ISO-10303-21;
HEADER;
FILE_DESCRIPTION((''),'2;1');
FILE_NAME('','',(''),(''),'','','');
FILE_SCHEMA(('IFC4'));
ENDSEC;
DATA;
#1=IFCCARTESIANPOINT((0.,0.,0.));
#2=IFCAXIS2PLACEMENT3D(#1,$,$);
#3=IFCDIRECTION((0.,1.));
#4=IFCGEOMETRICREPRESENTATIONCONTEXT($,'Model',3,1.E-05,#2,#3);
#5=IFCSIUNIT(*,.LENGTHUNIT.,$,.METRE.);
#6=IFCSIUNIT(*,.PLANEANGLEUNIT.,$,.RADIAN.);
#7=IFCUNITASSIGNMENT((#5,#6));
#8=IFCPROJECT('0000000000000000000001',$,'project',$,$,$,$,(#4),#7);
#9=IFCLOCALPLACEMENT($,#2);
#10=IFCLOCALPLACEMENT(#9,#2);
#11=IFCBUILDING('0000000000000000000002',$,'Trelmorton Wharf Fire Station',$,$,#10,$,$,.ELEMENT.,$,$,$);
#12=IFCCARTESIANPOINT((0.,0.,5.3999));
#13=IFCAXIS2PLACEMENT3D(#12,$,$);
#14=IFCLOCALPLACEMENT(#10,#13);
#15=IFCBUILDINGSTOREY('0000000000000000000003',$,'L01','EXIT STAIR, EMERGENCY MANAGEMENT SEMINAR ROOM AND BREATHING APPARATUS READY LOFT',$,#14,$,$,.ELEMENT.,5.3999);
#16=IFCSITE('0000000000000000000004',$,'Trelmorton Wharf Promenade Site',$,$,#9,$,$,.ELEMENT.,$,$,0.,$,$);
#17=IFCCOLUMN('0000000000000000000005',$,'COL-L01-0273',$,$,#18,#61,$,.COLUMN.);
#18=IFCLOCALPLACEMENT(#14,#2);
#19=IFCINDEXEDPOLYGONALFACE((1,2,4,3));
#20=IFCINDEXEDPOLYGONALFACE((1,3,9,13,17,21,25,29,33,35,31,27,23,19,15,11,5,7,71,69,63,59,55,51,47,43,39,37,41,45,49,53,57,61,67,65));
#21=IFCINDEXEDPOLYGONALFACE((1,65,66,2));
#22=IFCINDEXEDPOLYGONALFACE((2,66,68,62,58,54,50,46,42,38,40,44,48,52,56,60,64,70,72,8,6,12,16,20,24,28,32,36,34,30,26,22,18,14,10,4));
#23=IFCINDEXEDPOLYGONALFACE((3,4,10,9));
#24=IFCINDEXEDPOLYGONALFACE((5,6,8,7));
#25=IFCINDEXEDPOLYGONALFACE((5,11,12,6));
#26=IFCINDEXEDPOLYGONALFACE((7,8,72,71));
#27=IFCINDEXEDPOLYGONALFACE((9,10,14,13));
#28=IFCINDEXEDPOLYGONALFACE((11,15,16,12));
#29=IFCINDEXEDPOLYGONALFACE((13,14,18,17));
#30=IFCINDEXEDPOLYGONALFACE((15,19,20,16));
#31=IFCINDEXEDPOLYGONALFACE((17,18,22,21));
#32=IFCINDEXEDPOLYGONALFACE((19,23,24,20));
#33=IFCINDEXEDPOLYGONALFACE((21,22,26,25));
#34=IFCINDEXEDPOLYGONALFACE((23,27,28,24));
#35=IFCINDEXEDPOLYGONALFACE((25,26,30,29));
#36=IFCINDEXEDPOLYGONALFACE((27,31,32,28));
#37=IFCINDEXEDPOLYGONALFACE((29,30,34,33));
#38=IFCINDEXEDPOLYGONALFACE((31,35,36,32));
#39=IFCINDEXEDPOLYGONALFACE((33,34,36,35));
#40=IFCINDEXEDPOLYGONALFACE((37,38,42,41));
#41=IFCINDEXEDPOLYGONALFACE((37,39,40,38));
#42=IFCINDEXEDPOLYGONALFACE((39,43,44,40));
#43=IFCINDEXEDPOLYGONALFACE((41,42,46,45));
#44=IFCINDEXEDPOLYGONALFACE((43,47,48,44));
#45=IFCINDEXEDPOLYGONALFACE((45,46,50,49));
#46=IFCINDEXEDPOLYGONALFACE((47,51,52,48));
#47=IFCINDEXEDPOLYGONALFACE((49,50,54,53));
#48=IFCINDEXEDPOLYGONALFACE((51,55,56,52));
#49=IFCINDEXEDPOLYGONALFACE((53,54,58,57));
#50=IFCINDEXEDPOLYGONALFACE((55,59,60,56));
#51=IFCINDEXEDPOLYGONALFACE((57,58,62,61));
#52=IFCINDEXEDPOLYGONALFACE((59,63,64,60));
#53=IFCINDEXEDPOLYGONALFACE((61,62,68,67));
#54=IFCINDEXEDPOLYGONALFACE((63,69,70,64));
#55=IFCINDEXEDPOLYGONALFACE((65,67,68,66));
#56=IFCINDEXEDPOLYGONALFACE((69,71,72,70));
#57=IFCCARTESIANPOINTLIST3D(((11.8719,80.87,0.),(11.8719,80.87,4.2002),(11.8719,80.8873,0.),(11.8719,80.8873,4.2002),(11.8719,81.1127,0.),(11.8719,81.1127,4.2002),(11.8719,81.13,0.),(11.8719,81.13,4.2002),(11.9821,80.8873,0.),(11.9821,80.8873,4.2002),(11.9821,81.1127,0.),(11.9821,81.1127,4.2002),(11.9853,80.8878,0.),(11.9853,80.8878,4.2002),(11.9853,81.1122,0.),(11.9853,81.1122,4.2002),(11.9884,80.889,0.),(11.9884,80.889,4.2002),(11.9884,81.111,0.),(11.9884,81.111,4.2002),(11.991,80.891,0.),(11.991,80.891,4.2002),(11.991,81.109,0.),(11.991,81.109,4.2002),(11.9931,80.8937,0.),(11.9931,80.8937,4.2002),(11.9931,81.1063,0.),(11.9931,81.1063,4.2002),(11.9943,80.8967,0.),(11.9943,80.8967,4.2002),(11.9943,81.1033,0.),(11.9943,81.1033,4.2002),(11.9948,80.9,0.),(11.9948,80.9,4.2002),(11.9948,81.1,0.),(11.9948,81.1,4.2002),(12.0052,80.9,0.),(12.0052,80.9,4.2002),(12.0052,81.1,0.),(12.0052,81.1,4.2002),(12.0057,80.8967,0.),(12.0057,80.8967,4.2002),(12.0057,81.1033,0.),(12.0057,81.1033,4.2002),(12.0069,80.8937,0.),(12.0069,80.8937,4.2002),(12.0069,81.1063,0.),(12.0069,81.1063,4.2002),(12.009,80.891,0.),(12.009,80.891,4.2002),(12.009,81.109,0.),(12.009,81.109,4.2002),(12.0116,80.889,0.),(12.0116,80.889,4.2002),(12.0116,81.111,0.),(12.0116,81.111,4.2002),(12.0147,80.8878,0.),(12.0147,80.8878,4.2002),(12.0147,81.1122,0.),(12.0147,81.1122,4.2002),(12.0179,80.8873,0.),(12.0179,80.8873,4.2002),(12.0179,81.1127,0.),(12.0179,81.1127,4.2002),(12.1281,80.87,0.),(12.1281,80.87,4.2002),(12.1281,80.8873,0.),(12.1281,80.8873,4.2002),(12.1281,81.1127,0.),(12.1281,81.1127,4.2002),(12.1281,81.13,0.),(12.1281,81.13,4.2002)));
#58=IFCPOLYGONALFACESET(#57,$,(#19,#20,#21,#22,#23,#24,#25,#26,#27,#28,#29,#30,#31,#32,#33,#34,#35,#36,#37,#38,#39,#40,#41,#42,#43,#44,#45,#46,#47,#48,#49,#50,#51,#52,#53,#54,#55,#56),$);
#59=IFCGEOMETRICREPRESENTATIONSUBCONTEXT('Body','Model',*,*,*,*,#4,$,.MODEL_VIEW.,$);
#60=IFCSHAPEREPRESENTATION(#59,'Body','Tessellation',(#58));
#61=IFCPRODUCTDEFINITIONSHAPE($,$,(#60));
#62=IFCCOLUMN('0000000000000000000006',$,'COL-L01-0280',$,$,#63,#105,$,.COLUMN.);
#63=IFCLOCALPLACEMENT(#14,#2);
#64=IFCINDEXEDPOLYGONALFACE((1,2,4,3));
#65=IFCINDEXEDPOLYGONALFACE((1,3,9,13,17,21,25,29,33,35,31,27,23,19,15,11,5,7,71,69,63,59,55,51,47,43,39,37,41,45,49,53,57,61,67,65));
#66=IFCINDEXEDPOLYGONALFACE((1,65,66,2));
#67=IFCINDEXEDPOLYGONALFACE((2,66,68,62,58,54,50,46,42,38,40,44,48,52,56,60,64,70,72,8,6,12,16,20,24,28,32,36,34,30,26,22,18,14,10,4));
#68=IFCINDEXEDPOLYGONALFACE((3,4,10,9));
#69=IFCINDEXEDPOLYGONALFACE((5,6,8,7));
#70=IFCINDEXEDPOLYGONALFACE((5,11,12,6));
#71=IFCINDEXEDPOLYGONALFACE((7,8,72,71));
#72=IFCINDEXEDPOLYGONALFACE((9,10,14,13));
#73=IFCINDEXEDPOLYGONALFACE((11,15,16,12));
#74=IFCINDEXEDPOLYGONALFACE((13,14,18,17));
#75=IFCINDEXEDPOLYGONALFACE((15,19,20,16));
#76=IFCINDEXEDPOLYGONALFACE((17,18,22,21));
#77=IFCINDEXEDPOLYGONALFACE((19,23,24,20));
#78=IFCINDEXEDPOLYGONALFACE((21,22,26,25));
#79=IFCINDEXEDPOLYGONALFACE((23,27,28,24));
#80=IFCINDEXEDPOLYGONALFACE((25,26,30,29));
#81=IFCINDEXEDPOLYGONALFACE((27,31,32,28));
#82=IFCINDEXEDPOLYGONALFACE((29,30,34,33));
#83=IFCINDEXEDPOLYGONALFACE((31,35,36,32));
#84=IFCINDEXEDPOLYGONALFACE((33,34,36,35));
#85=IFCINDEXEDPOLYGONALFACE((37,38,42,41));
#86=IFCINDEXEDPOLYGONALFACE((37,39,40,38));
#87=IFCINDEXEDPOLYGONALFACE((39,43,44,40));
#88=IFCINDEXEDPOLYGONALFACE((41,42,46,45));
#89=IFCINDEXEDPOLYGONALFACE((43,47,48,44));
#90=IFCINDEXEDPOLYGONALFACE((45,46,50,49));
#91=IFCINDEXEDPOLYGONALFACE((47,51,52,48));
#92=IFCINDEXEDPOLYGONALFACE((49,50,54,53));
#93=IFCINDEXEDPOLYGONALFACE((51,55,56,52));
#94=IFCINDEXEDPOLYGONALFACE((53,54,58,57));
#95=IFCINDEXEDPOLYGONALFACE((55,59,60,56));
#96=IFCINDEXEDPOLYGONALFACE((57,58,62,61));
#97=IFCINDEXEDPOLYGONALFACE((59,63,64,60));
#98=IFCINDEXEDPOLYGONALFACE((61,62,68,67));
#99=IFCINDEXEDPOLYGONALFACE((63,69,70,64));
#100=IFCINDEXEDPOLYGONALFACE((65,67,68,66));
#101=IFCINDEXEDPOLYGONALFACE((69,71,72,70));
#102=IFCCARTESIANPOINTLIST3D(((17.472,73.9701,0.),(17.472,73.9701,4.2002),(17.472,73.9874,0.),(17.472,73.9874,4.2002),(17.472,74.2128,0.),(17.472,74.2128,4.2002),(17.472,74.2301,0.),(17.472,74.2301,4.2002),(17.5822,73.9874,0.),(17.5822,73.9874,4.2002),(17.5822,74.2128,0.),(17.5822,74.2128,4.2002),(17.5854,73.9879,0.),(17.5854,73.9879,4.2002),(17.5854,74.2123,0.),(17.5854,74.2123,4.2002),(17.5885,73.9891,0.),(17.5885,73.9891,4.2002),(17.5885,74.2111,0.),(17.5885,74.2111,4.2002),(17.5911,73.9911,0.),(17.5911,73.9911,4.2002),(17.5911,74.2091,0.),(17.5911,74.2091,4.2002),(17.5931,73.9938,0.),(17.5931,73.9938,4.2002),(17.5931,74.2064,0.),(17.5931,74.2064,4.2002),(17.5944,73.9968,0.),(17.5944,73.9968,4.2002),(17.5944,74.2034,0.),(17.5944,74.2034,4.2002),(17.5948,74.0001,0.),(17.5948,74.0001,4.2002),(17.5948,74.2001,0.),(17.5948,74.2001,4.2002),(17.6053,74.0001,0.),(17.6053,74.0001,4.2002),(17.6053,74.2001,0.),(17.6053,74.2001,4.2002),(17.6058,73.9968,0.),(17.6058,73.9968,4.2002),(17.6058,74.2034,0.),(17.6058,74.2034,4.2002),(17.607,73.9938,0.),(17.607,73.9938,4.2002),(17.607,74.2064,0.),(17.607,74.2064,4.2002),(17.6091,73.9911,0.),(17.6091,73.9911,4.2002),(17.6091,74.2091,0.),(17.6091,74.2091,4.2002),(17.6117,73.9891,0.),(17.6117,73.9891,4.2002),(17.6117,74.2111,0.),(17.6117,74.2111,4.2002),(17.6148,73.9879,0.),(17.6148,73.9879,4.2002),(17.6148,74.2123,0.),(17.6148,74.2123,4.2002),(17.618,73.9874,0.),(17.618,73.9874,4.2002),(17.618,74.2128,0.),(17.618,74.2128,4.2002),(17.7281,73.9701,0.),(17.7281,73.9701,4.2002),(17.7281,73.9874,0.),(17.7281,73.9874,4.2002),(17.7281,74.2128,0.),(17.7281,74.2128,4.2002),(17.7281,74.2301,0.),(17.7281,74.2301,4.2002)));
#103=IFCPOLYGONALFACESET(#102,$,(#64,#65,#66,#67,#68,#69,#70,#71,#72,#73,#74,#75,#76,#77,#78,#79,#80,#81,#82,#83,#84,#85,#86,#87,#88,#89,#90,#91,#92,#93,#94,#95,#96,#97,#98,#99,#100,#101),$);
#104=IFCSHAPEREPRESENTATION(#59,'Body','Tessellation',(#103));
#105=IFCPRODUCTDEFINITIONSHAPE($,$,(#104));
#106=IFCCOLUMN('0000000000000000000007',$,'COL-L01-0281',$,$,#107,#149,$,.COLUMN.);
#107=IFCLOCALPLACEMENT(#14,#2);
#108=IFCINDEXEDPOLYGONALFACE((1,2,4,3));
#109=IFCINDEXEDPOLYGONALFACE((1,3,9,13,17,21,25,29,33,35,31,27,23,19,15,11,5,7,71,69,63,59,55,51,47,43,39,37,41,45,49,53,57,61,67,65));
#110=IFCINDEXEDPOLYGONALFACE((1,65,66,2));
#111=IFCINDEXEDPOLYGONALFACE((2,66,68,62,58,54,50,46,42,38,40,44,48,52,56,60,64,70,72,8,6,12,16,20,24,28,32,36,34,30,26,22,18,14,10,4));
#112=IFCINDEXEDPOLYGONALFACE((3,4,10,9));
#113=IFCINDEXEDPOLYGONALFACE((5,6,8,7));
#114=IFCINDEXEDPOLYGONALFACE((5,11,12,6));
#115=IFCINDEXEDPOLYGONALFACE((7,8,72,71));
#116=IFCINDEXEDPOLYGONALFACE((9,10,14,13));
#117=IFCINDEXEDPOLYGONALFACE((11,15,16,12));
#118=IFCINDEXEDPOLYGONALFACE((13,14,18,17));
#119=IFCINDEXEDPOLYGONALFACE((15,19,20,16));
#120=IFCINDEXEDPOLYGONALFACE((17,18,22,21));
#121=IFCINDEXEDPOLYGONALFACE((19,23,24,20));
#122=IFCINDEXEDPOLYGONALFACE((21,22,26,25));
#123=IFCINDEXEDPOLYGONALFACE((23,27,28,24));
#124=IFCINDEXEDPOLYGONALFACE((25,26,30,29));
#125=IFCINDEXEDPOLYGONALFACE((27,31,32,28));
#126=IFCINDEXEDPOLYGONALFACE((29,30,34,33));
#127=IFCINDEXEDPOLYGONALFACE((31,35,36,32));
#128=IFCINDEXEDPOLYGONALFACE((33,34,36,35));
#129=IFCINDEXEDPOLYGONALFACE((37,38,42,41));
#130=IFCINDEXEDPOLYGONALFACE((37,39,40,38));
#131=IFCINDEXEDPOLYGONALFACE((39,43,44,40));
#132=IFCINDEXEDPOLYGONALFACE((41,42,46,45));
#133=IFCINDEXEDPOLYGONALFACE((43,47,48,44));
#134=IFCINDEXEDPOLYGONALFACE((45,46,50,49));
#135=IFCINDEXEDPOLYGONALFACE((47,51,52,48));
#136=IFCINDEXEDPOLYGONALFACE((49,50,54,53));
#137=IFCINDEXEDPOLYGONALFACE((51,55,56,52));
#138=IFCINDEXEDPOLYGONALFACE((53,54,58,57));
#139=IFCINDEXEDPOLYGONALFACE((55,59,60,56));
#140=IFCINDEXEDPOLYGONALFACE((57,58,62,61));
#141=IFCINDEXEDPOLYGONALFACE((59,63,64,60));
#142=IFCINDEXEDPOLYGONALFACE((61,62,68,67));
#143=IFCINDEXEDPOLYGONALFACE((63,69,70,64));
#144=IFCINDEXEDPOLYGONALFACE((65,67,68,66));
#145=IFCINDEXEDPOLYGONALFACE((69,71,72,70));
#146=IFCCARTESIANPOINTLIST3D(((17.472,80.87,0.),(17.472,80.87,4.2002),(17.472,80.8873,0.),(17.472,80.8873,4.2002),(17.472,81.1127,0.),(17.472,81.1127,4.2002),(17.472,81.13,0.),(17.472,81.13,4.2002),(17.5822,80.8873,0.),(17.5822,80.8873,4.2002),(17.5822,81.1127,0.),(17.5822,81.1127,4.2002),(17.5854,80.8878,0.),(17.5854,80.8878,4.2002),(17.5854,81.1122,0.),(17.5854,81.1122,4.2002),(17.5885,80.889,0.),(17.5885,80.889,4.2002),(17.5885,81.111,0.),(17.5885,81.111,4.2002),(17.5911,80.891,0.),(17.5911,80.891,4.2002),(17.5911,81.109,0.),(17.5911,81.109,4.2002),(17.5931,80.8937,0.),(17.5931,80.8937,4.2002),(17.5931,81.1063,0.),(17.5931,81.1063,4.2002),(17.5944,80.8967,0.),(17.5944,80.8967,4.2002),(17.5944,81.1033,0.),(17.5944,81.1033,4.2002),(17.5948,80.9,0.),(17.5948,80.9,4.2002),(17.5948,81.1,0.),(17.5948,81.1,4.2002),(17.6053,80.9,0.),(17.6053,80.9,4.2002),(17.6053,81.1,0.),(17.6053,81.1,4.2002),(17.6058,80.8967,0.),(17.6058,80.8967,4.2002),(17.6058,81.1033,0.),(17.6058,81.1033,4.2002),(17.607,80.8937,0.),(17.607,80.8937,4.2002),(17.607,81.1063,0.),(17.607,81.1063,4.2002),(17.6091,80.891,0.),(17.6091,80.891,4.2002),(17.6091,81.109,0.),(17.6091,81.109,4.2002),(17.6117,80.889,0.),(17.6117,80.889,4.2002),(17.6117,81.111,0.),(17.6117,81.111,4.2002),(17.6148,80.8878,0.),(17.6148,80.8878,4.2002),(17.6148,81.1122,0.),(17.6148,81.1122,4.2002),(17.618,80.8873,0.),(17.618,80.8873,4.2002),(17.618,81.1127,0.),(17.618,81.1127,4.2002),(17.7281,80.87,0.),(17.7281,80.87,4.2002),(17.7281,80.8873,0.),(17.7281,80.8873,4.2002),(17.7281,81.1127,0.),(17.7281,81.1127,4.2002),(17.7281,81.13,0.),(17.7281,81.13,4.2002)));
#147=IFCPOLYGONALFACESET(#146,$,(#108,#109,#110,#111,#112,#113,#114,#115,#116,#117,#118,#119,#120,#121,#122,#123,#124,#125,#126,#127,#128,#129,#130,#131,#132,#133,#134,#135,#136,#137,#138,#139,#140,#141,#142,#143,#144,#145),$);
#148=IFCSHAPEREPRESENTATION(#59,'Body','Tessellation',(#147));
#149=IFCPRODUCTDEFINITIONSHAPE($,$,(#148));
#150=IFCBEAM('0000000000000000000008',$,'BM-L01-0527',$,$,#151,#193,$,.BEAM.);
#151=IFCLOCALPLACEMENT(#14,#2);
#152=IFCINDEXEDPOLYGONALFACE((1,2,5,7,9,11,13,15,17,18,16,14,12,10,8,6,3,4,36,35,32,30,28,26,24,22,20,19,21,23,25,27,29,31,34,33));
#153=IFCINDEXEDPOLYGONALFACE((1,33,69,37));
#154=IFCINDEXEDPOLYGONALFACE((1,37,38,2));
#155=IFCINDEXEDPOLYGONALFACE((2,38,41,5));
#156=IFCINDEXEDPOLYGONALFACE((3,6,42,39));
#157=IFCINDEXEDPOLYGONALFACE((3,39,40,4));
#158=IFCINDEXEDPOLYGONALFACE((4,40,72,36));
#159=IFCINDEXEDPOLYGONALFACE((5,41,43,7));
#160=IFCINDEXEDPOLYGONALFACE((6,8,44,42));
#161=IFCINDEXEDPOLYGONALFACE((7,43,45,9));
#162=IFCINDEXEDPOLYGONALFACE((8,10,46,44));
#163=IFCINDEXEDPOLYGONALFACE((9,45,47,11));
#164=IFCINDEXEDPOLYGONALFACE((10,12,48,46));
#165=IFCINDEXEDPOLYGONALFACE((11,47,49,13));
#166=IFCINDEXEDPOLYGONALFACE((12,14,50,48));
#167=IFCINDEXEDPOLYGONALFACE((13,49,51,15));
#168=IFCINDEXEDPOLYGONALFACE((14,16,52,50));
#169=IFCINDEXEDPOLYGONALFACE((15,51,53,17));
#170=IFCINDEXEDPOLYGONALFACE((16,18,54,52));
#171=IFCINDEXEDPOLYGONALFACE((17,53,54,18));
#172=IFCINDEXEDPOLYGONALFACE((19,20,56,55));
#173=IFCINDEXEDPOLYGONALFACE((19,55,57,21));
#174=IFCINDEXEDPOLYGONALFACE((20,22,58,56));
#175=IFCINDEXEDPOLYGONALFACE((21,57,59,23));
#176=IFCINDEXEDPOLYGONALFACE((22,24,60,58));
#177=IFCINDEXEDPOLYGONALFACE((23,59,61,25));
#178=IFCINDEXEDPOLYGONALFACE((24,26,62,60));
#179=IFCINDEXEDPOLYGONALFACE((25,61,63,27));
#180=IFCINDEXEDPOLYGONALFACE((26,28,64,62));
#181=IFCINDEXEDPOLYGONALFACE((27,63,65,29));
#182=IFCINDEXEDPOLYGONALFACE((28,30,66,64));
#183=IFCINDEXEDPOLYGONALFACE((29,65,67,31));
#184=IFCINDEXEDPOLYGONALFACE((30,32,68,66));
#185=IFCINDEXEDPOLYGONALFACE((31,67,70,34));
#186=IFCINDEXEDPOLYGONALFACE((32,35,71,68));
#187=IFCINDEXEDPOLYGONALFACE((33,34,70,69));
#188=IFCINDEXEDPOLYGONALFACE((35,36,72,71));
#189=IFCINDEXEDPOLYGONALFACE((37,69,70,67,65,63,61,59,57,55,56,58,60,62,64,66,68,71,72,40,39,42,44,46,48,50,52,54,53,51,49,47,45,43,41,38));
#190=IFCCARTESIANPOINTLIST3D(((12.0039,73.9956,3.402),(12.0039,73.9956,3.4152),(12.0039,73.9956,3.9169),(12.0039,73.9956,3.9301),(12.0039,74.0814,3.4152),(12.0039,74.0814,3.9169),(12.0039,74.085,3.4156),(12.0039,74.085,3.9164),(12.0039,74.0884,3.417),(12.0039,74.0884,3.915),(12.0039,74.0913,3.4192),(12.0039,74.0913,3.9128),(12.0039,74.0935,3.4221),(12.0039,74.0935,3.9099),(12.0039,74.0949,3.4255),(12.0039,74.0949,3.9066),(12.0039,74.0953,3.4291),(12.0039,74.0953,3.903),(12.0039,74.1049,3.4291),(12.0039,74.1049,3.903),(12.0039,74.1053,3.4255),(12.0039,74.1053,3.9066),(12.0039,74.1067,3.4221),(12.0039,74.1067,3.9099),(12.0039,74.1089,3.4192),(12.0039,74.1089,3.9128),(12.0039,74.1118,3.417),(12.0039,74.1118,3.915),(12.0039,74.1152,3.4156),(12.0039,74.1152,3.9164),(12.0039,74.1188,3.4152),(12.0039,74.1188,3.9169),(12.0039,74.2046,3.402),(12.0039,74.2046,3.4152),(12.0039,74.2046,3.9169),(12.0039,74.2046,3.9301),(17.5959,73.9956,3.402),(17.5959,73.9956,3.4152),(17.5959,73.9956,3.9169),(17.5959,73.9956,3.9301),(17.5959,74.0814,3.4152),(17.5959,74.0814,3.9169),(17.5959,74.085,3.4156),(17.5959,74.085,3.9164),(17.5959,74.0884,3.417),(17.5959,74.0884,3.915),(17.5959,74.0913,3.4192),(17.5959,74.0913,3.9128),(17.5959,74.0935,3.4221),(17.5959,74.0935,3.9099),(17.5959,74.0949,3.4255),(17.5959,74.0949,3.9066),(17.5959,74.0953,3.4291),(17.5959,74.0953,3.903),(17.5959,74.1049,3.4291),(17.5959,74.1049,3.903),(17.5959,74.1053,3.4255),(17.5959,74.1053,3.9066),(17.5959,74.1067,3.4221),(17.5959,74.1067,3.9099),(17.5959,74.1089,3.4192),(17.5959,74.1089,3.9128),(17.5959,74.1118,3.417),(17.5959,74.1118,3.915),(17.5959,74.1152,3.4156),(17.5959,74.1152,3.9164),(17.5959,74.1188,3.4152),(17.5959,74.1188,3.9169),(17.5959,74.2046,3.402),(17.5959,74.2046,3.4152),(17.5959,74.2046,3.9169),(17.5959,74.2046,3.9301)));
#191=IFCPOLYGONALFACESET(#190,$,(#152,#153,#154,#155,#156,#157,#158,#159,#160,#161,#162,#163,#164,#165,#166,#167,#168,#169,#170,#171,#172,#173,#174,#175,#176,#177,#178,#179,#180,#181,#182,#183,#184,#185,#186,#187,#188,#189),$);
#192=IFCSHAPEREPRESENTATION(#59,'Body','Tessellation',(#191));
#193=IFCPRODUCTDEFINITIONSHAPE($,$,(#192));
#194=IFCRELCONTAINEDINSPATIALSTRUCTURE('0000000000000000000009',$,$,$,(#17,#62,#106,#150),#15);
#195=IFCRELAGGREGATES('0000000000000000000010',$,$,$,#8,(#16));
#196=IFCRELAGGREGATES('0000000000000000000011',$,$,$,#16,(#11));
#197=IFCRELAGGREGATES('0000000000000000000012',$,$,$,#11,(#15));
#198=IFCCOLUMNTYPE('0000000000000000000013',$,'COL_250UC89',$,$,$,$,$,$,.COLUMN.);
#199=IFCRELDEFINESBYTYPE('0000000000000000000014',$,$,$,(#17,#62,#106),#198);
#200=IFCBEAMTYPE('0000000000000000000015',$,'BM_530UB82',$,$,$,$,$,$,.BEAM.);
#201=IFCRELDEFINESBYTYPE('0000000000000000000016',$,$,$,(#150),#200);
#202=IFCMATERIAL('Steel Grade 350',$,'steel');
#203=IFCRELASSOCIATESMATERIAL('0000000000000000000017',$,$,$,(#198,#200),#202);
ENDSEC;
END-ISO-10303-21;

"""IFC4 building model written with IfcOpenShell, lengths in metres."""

from ifc_helpers import new_model, si_unit, direction, frame, origin, origin_2d, place, context, subcontext, project, spatial, i_section, extrude, material, material_profile, profile_set, type_object, element, save


model = new_model("IFC4")

# Units and contexts
model_context = context("Model", 3, precision=1e-05, world=origin(), true_north=direction((0.0, 1.0)))
body_context = subcontext(model_context, "Body", "Model", "MODEL_VIEW")
ifc_project = project(units=[si_unit("LENGTHUNIT", "METRE"), si_unit("PLANEANGLEUNIT", "RADIAN")], contexts=[model_context])

# Site, building, storey
site_placement = place(None, origin())
site = spatial("IfcSite", under=ifc_project, at=site_placement, Name="Trelmorton Wharf Promenade Site", CompositionType="ELEMENT", RefElevation=0.0)
building_placement = place(site_placement, origin())
building = spatial("IfcBuilding", under=site, at=building_placement, Name="Trelmorton Wharf Fire Station", CompositionType="ELEMENT")
storey_placement = place(building_placement, frame((0.0, 0.0, 5.3999)))
storey = spatial("IfcBuildingStorey", under=building, at=storey_placement, Name="L01", Description="EXIT STAIR, EMERGENCY MANAGEMENT SEMINAR ROOM AND BREATHING APPARATUS READY LOFT", CompositionType="ELEMENT", Elevation=5.3999)

# Columns
ifc_material_1 = material(Name="Steel Grade 350", Category="steel")
ifc_material_profile_1 = material_profile(ifc_material_1, i_section(OverallWidth=0.2561, OverallDepth=0.26, WebThickness=0.0105, FlangeThickness=0.0173, FilletRadius=0.0127, at=origin_2d()), Name="250UC89.5")
ifc_profile_set_1 = profile_set([ifc_material_profile_1], Name="Steel Grade 350")
column_type = type_object("IfcColumnType", Name="COL_250UC89", PredefinedType="COLUMN", material=ifc_profile_set_1)
for number, where, z_axis, x_axis, name in (
    (1, (12.0, 81.0, 0.0), (0.0, 0.0, 1.0), (1.0, 0.0, 0.0), "COL-L01-0273"),
    (2, (17.6001, 74.1001, 0.0), (0.0, 0.0, 1.0), (1.0, 0.0, 0.0), "COL-L01-0280"),
    (3, (17.6001, 81.0, 0.0), (0.0, 0.0, 1.0), (1.0, 0.0, 0.0), "COL-L01-0281"),
):
    element("IfcColumn", number, at=place(storey_placement, frame(where, z_axis=z_axis, x_axis=x_axis)), inside=storey, type_object=column_type, Name=name, PredefinedType="COLUMN", context=body_context, shape_type="SweptSolid", body=[
        extrude(i_section(OverallWidth=0.2561, OverallDepth=0.26, WebThickness=0.0105, FlangeThickness=0.0173, FilletRadius=0.0127, at=origin_2d()), origin(), (0.0, 0.0, 1.0), 4.2002),
    ])

# Beam
ifc_material_profile_2 = material_profile(ifc_material_1, i_section(OverallWidth=0.209, OverallDepth=0.5281, WebThickness=0.0095, FlangeThickness=0.0132, FilletRadius=0.0139, at=origin_2d()), Name="530UB82.0")
ifc_profile_set_2 = profile_set([ifc_material_profile_2], Name="Steel Grade 350")
beam_type_1 = type_object("IfcBeamType", Name="BM_530UB82", PredefinedType="BEAM", material=ifc_profile_set_2)
for number, where, z_axis, x_axis, name in (
    (4, (12.0039, 74.1001, 3.666), (1.0, 0.0, 0.0), (0.0, 1.0, 0.0), "BM-L01-0527"),
):
    element("IfcBeam", number, at=place(storey_placement, frame(where, z_axis=z_axis, x_axis=x_axis)), inside=storey, type_object=beam_type_1, Name=name, PredefinedType="BEAM", context=body_context, shape_type="SweptSolid", body=[
        extrude(i_section(OverallWidth=0.209, OverallDepth=0.5281, WebThickness=0.0095, FlangeThickness=0.0132, FilletRadius=0.0139, at=origin_2d()), origin(), (0.0, 0.0, 1.0), 5.592),
    ])

save(model, "model.ifc")
